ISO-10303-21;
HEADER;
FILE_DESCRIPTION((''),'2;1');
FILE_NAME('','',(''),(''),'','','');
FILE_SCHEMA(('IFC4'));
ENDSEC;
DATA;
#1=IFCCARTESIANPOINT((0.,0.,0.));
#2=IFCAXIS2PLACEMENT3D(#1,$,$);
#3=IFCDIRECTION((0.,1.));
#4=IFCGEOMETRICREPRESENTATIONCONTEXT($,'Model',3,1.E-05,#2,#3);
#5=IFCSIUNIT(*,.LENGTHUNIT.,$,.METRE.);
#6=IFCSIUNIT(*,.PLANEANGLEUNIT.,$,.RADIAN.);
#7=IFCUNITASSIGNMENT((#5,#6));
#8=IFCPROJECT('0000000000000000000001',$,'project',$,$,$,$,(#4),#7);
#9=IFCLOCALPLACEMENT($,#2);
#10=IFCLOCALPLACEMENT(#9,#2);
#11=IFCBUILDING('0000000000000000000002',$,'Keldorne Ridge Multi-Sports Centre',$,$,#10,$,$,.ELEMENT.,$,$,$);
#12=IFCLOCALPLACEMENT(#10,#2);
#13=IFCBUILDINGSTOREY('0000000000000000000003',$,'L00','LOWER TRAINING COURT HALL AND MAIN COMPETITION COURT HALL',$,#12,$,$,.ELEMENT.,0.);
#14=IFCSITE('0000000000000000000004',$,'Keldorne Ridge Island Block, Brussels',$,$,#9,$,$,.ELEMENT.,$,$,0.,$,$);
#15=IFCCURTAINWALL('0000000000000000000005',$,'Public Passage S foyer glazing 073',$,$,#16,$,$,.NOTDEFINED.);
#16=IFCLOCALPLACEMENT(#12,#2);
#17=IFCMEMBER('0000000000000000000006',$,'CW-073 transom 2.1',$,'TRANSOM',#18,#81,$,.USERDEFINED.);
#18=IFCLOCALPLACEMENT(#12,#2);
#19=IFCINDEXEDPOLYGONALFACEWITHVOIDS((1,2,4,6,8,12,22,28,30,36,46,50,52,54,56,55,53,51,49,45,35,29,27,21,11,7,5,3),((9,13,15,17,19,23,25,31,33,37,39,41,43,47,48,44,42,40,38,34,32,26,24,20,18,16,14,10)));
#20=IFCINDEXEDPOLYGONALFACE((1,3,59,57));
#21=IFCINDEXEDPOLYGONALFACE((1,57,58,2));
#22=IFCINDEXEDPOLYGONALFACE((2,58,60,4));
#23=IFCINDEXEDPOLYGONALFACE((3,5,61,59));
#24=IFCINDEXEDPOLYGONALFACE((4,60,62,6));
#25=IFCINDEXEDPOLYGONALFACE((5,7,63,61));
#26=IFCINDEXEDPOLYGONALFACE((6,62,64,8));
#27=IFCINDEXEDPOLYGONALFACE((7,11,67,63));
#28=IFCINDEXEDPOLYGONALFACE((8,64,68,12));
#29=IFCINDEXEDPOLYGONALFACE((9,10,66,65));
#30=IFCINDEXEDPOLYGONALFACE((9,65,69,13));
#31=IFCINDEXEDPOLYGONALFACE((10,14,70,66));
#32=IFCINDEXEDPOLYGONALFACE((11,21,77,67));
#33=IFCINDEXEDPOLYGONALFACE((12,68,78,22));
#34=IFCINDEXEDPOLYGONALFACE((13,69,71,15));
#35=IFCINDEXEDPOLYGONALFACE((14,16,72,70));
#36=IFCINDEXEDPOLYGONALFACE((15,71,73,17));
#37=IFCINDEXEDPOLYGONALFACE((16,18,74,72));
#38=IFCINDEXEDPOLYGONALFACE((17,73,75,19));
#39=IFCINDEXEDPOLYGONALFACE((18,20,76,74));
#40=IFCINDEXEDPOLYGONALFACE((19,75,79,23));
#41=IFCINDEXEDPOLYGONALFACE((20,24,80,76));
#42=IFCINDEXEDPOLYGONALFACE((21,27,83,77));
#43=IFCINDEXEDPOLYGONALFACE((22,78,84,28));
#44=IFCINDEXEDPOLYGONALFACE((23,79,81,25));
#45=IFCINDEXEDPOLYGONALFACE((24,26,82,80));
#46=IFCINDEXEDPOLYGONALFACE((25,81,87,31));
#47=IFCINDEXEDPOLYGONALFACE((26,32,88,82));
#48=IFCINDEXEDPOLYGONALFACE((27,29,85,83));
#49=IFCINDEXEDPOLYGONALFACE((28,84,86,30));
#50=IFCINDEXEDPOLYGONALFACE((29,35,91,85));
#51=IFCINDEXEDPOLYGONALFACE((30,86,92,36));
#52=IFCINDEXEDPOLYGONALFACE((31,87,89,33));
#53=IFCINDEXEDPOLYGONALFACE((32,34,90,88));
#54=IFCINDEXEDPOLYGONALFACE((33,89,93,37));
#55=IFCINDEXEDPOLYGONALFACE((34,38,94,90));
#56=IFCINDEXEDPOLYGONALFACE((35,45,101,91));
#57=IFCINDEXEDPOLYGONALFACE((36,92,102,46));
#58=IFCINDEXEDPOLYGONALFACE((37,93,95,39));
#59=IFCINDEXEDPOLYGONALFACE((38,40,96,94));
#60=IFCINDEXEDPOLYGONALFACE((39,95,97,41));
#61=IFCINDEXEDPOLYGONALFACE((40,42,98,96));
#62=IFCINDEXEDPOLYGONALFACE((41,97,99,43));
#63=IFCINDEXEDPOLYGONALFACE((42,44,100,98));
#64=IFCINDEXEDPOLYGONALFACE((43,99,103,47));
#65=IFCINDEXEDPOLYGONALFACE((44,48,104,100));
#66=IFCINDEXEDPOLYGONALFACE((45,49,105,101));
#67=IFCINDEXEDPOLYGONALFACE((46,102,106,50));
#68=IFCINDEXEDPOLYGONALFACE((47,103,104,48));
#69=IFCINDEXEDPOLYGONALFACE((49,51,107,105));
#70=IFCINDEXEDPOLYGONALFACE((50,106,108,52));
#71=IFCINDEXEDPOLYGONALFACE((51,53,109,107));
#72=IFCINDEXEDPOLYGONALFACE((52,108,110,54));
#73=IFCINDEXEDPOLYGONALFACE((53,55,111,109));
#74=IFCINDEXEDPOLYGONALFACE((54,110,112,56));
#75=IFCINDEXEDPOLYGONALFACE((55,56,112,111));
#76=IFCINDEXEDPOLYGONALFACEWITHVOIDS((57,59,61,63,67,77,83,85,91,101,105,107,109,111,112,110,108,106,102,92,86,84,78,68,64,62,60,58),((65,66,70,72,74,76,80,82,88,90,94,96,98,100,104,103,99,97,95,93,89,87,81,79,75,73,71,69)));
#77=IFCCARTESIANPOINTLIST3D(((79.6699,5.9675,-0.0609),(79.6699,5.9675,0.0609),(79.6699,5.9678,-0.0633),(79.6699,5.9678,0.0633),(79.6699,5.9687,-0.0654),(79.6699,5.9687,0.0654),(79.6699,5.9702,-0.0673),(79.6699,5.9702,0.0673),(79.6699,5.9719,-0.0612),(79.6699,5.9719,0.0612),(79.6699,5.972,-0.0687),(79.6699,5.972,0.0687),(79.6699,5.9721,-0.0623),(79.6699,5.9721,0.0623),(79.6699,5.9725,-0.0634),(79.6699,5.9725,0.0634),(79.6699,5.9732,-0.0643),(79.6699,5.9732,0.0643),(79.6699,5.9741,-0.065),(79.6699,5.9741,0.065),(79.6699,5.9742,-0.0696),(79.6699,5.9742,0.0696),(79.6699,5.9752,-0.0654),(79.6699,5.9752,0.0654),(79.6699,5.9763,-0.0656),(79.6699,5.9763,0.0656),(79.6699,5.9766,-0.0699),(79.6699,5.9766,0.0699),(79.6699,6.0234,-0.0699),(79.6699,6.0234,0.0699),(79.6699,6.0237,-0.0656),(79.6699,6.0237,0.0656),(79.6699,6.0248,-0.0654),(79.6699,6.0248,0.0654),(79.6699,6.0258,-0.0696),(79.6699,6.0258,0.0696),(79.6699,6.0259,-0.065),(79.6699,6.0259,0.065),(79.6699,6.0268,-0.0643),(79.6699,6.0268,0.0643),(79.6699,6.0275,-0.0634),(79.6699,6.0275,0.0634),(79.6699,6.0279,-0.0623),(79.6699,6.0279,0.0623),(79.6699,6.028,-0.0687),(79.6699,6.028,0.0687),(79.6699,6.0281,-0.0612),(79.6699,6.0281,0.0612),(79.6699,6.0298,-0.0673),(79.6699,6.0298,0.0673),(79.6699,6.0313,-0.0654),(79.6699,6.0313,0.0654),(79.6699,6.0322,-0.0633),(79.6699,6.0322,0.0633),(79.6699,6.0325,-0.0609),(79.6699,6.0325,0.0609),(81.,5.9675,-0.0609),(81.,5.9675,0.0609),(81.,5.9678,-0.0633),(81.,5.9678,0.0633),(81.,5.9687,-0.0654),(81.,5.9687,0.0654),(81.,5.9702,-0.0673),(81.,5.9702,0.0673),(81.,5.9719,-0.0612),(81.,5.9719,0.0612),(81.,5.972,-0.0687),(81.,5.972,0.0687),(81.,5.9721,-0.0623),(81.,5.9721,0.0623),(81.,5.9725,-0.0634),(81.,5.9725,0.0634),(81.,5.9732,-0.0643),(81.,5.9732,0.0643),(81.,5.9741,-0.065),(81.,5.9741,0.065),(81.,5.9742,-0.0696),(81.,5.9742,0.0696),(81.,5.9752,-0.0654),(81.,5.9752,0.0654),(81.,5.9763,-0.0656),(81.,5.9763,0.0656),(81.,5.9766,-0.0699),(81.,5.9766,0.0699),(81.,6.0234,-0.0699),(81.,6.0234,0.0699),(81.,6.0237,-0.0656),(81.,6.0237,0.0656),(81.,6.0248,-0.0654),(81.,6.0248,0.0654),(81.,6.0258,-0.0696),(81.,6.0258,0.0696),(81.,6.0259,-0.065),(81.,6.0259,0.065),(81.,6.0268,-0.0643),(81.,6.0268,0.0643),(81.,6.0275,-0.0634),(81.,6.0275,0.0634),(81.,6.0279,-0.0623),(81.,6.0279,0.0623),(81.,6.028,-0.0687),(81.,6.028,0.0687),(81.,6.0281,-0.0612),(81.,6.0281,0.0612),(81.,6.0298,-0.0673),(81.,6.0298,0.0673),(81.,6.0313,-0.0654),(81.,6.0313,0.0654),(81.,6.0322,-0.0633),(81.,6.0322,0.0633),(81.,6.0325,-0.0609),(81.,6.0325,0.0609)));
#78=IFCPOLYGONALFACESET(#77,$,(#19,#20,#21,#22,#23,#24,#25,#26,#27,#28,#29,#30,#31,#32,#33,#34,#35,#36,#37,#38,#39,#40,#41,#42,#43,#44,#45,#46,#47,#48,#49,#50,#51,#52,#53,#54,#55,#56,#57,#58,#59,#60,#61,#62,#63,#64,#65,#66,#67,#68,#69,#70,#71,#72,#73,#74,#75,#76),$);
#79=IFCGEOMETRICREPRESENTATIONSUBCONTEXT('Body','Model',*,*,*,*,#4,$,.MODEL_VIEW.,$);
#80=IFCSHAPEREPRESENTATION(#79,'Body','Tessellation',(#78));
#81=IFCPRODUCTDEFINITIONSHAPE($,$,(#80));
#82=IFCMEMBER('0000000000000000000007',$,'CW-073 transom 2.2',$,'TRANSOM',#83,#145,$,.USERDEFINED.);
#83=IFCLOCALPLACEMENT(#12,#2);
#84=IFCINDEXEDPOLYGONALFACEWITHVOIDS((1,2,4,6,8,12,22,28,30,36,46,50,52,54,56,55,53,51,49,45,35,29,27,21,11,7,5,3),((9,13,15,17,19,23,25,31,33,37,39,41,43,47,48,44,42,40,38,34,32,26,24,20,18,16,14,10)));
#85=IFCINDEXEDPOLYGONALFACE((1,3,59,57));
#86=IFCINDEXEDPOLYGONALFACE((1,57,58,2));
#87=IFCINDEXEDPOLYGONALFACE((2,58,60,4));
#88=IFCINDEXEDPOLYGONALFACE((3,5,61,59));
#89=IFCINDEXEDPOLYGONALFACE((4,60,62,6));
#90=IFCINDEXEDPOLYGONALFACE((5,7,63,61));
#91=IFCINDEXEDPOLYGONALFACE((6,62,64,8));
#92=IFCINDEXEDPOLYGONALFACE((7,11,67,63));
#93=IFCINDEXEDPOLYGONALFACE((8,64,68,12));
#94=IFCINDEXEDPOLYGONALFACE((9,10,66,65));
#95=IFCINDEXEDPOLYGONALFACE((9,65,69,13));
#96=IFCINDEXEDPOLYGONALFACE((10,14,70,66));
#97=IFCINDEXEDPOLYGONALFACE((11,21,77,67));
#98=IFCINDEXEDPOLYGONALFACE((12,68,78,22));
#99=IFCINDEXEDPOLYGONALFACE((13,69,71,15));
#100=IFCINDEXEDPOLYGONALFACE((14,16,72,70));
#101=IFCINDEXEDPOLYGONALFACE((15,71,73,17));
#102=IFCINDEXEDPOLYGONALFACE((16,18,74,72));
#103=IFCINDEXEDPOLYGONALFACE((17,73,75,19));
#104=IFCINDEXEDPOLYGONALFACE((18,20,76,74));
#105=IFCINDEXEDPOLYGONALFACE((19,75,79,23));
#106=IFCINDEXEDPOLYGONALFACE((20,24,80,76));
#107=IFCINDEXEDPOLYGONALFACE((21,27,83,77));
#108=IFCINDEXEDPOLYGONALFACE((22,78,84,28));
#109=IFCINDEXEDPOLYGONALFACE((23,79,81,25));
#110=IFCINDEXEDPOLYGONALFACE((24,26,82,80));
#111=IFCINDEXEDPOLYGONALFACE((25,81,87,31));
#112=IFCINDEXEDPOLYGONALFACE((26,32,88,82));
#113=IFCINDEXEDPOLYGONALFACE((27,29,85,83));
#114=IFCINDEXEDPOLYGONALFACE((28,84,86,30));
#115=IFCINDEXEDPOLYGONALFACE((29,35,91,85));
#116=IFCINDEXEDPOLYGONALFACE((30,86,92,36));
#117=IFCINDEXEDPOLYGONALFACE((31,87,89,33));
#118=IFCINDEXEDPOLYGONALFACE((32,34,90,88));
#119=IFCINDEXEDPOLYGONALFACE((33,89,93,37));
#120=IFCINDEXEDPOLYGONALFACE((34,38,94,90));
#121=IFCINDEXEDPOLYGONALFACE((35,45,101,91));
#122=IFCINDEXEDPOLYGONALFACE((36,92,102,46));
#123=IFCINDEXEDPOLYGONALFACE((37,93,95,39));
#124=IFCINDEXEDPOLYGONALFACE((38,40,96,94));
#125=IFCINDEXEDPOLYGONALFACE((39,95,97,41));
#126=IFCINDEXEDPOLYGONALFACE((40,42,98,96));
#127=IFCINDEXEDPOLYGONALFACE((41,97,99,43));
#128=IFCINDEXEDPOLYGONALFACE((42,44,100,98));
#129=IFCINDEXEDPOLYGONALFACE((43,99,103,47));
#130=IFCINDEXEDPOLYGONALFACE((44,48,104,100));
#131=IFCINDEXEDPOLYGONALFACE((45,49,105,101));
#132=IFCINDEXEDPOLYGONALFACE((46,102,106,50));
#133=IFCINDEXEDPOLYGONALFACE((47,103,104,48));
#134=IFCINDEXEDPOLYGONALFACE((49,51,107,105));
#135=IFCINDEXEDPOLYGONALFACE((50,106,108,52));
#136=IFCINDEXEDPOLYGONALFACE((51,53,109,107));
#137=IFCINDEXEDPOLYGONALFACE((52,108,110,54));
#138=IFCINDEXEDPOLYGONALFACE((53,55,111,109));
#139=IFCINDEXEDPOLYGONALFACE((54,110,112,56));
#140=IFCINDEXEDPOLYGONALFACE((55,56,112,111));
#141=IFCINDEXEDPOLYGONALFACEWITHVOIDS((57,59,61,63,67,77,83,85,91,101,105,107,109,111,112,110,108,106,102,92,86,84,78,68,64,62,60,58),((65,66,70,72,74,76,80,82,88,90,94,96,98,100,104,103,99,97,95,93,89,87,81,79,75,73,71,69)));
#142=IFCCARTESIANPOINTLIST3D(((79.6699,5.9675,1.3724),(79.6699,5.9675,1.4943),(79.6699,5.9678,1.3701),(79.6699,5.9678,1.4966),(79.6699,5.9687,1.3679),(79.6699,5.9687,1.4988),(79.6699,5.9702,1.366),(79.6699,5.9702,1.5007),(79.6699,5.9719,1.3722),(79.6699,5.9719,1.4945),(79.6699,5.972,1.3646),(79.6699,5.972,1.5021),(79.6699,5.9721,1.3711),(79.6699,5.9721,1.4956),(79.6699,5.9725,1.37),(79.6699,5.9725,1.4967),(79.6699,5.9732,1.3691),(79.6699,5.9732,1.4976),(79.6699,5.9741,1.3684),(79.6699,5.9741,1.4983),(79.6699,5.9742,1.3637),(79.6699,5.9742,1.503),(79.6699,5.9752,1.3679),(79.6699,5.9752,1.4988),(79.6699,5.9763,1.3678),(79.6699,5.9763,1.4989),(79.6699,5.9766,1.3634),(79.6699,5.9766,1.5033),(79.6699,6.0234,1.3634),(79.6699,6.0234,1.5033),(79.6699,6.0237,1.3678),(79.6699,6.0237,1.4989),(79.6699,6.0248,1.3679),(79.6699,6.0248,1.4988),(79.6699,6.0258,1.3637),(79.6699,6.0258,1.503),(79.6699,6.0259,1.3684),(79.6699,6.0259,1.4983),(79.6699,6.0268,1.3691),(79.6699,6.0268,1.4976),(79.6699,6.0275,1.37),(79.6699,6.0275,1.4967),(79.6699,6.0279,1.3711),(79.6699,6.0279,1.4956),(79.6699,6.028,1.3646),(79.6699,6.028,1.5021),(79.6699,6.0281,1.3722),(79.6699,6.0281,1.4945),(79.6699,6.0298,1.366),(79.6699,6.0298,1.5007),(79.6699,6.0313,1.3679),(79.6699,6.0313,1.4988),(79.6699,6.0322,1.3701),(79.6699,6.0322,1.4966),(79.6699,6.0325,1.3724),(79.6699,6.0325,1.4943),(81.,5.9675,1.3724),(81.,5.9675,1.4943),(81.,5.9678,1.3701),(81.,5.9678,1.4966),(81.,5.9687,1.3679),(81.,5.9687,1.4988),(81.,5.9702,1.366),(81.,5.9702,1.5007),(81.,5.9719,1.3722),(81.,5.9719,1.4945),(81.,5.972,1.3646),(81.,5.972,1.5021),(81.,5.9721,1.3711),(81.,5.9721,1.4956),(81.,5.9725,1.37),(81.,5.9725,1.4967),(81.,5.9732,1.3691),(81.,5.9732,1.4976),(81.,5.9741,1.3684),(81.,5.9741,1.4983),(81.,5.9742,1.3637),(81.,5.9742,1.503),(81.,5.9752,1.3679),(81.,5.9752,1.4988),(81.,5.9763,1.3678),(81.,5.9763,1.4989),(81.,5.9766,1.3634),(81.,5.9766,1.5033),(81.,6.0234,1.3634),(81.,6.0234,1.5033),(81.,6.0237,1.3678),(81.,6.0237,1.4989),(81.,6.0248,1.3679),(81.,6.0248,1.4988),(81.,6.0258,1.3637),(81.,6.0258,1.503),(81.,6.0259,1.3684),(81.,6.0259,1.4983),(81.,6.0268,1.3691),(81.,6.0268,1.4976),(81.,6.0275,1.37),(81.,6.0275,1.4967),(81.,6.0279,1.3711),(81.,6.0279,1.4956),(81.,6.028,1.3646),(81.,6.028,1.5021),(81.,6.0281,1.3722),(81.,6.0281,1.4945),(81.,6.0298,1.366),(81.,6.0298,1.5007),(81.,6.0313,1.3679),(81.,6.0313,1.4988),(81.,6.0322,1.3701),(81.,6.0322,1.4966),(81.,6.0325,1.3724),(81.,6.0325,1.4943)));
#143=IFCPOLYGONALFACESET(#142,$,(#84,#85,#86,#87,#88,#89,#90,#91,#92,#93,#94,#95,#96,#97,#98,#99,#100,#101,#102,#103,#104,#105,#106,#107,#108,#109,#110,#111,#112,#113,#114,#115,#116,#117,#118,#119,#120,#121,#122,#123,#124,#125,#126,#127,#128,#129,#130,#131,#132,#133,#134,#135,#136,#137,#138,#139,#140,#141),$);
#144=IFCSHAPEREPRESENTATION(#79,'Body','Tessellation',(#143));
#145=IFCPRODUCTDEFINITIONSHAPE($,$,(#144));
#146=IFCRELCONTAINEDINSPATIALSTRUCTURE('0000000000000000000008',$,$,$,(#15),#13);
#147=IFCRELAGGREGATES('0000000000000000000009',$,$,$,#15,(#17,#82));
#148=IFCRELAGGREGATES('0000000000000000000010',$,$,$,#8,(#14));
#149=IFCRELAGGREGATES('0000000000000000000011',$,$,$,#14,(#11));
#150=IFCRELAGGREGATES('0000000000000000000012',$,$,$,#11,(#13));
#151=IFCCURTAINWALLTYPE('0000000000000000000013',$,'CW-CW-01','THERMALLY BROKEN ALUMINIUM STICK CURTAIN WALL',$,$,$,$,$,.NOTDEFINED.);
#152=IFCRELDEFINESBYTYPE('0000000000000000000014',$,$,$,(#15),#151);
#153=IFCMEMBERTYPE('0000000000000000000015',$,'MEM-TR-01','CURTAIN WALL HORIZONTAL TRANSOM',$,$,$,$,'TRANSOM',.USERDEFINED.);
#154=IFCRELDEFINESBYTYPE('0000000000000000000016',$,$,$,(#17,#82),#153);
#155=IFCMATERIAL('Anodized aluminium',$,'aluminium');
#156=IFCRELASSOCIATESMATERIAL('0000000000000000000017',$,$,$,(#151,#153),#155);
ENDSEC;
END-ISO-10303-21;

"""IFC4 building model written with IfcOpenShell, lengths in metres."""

from ifc_helpers import new_model, si_unit, direction, frame, origin, origin_2d, place, context, subcontext, project, spatial, hollow_rectangle, extrude, material, material_profile, profile_set, type_object, element, aggregate, save


model = new_model("IFC4")

# Units and contexts
model_context = context("Model", 3, precision=1e-05, world=origin(), true_north=direction((0.0, 1.0)))
body_context = subcontext(model_context, "Body", "Model", "MODEL_VIEW")
ifc_project = project(units=[si_unit("LENGTHUNIT", "METRE"), si_unit("PLANEANGLEUNIT", "RADIAN")], contexts=[model_context])

# Site, building, storey
site_placement = place(None, origin())
site = spatial("IfcSite", under=ifc_project, at=site_placement, Name="Keldorne Ridge Island Block, Brussels", CompositionType="ELEMENT", RefElevation=0.0)
building_placement = place(site_placement, origin())
building = spatial("IfcBuilding", under=site, at=building_placement, Name="Keldorne Ridge Multi-Sports Centre", CompositionType="ELEMENT")
storey_placement = place(building_placement, origin())
storey = spatial("IfcBuildingStorey", under=building, at=storey_placement, Name="L00", Description="LOWER TRAINING COURT HALL AND MAIN COMPETITION COURT HALL", CompositionType="ELEMENT", Elevation=0.0)

# Curtain wall, members
ifc_material_1 = material(Name="Anodized aluminium", Category="aluminium")
curtain_wall_type = type_object("IfcCurtainWallType", Name="CW-CW-01", Description="THERMALLY BROKEN ALUMINIUM STICK CURTAIN WALL", PredefinedType="NOTDEFINED", material=ifc_material_1)
curtain_wall_placement = place(storey_placement, origin())
curtain_wall = element("IfcCurtainWall", 1, at=curtain_wall_placement, inside=storey, type_object=curtain_wall_type, Name="Public Passage S foyer glazing 073", PredefinedType="NOTDEFINED")
ifc_material_profile_1 = material_profile(ifc_material_1, hollow_rectangle(XDim=0.0649, YDim=0.1399, WallThickness=0.0044, InnerFilletRadius=0.0044, OuterFilletRadius=0.009, at=origin_2d()), Name="ALU TRANSOM 140x65x4.5")
ifc_profile_set_1 = profile_set([ifc_material_profile_1], Name="Anodized aluminium")
member_type_1 = type_object("IfcMemberType", Name="MEM-TR-01", Description="CURTAIN WALL HORIZONTAL TRANSOM", ElementType="TRANSOM", PredefinedType="USERDEFINED", material=ifc_profile_set_1)
member_1_placement = place(storey_placement, frame((79.6699, 6.0, 0.0), z_axis=(1.0, 0.0, 0.0), x_axis=(0.0, 1.0, 0.0)))
member_1 = element("IfcMember", 2, at=member_1_placement, type_object=member_type_1, Name="CW-073 transom 2.1", ObjectType="TRANSOM", PredefinedType="USERDEFINED", context=body_context, shape_type="SweptSolid", body=[
    extrude(hollow_rectangle(XDim=0.0649, YDim=0.1399, WallThickness=0.0044, InnerFilletRadius=0.0044, OuterFilletRadius=0.009, at=origin_2d()), origin(), (0.0, 0.0, 1.0), 1.3301),
])
member_2_placement = place(storey_placement, frame((79.6699, 6.0, 1.4333), z_axis=(1.0, 0.0, 0.0), x_axis=(0.0, 1.0, 0.0)))
member_2 = element("IfcMember", 3, at=member_2_placement, type_object=member_type_1, Name="CW-073 transom 2.2", ObjectType="TRANSOM", PredefinedType="USERDEFINED", context=body_context, shape_type="SweptSolid", body=[
    extrude(hollow_rectangle(XDim=0.0649, YDim=0.1399, WallThickness=0.0044, InnerFilletRadius=0.0044, OuterFilletRadius=0.009, at=origin_2d()), origin(), (0.0, 0.0, 1.0), 1.3301),
])
aggregate(curtain_wall, [member_1, member_2])

save(model, "model.ifc")
